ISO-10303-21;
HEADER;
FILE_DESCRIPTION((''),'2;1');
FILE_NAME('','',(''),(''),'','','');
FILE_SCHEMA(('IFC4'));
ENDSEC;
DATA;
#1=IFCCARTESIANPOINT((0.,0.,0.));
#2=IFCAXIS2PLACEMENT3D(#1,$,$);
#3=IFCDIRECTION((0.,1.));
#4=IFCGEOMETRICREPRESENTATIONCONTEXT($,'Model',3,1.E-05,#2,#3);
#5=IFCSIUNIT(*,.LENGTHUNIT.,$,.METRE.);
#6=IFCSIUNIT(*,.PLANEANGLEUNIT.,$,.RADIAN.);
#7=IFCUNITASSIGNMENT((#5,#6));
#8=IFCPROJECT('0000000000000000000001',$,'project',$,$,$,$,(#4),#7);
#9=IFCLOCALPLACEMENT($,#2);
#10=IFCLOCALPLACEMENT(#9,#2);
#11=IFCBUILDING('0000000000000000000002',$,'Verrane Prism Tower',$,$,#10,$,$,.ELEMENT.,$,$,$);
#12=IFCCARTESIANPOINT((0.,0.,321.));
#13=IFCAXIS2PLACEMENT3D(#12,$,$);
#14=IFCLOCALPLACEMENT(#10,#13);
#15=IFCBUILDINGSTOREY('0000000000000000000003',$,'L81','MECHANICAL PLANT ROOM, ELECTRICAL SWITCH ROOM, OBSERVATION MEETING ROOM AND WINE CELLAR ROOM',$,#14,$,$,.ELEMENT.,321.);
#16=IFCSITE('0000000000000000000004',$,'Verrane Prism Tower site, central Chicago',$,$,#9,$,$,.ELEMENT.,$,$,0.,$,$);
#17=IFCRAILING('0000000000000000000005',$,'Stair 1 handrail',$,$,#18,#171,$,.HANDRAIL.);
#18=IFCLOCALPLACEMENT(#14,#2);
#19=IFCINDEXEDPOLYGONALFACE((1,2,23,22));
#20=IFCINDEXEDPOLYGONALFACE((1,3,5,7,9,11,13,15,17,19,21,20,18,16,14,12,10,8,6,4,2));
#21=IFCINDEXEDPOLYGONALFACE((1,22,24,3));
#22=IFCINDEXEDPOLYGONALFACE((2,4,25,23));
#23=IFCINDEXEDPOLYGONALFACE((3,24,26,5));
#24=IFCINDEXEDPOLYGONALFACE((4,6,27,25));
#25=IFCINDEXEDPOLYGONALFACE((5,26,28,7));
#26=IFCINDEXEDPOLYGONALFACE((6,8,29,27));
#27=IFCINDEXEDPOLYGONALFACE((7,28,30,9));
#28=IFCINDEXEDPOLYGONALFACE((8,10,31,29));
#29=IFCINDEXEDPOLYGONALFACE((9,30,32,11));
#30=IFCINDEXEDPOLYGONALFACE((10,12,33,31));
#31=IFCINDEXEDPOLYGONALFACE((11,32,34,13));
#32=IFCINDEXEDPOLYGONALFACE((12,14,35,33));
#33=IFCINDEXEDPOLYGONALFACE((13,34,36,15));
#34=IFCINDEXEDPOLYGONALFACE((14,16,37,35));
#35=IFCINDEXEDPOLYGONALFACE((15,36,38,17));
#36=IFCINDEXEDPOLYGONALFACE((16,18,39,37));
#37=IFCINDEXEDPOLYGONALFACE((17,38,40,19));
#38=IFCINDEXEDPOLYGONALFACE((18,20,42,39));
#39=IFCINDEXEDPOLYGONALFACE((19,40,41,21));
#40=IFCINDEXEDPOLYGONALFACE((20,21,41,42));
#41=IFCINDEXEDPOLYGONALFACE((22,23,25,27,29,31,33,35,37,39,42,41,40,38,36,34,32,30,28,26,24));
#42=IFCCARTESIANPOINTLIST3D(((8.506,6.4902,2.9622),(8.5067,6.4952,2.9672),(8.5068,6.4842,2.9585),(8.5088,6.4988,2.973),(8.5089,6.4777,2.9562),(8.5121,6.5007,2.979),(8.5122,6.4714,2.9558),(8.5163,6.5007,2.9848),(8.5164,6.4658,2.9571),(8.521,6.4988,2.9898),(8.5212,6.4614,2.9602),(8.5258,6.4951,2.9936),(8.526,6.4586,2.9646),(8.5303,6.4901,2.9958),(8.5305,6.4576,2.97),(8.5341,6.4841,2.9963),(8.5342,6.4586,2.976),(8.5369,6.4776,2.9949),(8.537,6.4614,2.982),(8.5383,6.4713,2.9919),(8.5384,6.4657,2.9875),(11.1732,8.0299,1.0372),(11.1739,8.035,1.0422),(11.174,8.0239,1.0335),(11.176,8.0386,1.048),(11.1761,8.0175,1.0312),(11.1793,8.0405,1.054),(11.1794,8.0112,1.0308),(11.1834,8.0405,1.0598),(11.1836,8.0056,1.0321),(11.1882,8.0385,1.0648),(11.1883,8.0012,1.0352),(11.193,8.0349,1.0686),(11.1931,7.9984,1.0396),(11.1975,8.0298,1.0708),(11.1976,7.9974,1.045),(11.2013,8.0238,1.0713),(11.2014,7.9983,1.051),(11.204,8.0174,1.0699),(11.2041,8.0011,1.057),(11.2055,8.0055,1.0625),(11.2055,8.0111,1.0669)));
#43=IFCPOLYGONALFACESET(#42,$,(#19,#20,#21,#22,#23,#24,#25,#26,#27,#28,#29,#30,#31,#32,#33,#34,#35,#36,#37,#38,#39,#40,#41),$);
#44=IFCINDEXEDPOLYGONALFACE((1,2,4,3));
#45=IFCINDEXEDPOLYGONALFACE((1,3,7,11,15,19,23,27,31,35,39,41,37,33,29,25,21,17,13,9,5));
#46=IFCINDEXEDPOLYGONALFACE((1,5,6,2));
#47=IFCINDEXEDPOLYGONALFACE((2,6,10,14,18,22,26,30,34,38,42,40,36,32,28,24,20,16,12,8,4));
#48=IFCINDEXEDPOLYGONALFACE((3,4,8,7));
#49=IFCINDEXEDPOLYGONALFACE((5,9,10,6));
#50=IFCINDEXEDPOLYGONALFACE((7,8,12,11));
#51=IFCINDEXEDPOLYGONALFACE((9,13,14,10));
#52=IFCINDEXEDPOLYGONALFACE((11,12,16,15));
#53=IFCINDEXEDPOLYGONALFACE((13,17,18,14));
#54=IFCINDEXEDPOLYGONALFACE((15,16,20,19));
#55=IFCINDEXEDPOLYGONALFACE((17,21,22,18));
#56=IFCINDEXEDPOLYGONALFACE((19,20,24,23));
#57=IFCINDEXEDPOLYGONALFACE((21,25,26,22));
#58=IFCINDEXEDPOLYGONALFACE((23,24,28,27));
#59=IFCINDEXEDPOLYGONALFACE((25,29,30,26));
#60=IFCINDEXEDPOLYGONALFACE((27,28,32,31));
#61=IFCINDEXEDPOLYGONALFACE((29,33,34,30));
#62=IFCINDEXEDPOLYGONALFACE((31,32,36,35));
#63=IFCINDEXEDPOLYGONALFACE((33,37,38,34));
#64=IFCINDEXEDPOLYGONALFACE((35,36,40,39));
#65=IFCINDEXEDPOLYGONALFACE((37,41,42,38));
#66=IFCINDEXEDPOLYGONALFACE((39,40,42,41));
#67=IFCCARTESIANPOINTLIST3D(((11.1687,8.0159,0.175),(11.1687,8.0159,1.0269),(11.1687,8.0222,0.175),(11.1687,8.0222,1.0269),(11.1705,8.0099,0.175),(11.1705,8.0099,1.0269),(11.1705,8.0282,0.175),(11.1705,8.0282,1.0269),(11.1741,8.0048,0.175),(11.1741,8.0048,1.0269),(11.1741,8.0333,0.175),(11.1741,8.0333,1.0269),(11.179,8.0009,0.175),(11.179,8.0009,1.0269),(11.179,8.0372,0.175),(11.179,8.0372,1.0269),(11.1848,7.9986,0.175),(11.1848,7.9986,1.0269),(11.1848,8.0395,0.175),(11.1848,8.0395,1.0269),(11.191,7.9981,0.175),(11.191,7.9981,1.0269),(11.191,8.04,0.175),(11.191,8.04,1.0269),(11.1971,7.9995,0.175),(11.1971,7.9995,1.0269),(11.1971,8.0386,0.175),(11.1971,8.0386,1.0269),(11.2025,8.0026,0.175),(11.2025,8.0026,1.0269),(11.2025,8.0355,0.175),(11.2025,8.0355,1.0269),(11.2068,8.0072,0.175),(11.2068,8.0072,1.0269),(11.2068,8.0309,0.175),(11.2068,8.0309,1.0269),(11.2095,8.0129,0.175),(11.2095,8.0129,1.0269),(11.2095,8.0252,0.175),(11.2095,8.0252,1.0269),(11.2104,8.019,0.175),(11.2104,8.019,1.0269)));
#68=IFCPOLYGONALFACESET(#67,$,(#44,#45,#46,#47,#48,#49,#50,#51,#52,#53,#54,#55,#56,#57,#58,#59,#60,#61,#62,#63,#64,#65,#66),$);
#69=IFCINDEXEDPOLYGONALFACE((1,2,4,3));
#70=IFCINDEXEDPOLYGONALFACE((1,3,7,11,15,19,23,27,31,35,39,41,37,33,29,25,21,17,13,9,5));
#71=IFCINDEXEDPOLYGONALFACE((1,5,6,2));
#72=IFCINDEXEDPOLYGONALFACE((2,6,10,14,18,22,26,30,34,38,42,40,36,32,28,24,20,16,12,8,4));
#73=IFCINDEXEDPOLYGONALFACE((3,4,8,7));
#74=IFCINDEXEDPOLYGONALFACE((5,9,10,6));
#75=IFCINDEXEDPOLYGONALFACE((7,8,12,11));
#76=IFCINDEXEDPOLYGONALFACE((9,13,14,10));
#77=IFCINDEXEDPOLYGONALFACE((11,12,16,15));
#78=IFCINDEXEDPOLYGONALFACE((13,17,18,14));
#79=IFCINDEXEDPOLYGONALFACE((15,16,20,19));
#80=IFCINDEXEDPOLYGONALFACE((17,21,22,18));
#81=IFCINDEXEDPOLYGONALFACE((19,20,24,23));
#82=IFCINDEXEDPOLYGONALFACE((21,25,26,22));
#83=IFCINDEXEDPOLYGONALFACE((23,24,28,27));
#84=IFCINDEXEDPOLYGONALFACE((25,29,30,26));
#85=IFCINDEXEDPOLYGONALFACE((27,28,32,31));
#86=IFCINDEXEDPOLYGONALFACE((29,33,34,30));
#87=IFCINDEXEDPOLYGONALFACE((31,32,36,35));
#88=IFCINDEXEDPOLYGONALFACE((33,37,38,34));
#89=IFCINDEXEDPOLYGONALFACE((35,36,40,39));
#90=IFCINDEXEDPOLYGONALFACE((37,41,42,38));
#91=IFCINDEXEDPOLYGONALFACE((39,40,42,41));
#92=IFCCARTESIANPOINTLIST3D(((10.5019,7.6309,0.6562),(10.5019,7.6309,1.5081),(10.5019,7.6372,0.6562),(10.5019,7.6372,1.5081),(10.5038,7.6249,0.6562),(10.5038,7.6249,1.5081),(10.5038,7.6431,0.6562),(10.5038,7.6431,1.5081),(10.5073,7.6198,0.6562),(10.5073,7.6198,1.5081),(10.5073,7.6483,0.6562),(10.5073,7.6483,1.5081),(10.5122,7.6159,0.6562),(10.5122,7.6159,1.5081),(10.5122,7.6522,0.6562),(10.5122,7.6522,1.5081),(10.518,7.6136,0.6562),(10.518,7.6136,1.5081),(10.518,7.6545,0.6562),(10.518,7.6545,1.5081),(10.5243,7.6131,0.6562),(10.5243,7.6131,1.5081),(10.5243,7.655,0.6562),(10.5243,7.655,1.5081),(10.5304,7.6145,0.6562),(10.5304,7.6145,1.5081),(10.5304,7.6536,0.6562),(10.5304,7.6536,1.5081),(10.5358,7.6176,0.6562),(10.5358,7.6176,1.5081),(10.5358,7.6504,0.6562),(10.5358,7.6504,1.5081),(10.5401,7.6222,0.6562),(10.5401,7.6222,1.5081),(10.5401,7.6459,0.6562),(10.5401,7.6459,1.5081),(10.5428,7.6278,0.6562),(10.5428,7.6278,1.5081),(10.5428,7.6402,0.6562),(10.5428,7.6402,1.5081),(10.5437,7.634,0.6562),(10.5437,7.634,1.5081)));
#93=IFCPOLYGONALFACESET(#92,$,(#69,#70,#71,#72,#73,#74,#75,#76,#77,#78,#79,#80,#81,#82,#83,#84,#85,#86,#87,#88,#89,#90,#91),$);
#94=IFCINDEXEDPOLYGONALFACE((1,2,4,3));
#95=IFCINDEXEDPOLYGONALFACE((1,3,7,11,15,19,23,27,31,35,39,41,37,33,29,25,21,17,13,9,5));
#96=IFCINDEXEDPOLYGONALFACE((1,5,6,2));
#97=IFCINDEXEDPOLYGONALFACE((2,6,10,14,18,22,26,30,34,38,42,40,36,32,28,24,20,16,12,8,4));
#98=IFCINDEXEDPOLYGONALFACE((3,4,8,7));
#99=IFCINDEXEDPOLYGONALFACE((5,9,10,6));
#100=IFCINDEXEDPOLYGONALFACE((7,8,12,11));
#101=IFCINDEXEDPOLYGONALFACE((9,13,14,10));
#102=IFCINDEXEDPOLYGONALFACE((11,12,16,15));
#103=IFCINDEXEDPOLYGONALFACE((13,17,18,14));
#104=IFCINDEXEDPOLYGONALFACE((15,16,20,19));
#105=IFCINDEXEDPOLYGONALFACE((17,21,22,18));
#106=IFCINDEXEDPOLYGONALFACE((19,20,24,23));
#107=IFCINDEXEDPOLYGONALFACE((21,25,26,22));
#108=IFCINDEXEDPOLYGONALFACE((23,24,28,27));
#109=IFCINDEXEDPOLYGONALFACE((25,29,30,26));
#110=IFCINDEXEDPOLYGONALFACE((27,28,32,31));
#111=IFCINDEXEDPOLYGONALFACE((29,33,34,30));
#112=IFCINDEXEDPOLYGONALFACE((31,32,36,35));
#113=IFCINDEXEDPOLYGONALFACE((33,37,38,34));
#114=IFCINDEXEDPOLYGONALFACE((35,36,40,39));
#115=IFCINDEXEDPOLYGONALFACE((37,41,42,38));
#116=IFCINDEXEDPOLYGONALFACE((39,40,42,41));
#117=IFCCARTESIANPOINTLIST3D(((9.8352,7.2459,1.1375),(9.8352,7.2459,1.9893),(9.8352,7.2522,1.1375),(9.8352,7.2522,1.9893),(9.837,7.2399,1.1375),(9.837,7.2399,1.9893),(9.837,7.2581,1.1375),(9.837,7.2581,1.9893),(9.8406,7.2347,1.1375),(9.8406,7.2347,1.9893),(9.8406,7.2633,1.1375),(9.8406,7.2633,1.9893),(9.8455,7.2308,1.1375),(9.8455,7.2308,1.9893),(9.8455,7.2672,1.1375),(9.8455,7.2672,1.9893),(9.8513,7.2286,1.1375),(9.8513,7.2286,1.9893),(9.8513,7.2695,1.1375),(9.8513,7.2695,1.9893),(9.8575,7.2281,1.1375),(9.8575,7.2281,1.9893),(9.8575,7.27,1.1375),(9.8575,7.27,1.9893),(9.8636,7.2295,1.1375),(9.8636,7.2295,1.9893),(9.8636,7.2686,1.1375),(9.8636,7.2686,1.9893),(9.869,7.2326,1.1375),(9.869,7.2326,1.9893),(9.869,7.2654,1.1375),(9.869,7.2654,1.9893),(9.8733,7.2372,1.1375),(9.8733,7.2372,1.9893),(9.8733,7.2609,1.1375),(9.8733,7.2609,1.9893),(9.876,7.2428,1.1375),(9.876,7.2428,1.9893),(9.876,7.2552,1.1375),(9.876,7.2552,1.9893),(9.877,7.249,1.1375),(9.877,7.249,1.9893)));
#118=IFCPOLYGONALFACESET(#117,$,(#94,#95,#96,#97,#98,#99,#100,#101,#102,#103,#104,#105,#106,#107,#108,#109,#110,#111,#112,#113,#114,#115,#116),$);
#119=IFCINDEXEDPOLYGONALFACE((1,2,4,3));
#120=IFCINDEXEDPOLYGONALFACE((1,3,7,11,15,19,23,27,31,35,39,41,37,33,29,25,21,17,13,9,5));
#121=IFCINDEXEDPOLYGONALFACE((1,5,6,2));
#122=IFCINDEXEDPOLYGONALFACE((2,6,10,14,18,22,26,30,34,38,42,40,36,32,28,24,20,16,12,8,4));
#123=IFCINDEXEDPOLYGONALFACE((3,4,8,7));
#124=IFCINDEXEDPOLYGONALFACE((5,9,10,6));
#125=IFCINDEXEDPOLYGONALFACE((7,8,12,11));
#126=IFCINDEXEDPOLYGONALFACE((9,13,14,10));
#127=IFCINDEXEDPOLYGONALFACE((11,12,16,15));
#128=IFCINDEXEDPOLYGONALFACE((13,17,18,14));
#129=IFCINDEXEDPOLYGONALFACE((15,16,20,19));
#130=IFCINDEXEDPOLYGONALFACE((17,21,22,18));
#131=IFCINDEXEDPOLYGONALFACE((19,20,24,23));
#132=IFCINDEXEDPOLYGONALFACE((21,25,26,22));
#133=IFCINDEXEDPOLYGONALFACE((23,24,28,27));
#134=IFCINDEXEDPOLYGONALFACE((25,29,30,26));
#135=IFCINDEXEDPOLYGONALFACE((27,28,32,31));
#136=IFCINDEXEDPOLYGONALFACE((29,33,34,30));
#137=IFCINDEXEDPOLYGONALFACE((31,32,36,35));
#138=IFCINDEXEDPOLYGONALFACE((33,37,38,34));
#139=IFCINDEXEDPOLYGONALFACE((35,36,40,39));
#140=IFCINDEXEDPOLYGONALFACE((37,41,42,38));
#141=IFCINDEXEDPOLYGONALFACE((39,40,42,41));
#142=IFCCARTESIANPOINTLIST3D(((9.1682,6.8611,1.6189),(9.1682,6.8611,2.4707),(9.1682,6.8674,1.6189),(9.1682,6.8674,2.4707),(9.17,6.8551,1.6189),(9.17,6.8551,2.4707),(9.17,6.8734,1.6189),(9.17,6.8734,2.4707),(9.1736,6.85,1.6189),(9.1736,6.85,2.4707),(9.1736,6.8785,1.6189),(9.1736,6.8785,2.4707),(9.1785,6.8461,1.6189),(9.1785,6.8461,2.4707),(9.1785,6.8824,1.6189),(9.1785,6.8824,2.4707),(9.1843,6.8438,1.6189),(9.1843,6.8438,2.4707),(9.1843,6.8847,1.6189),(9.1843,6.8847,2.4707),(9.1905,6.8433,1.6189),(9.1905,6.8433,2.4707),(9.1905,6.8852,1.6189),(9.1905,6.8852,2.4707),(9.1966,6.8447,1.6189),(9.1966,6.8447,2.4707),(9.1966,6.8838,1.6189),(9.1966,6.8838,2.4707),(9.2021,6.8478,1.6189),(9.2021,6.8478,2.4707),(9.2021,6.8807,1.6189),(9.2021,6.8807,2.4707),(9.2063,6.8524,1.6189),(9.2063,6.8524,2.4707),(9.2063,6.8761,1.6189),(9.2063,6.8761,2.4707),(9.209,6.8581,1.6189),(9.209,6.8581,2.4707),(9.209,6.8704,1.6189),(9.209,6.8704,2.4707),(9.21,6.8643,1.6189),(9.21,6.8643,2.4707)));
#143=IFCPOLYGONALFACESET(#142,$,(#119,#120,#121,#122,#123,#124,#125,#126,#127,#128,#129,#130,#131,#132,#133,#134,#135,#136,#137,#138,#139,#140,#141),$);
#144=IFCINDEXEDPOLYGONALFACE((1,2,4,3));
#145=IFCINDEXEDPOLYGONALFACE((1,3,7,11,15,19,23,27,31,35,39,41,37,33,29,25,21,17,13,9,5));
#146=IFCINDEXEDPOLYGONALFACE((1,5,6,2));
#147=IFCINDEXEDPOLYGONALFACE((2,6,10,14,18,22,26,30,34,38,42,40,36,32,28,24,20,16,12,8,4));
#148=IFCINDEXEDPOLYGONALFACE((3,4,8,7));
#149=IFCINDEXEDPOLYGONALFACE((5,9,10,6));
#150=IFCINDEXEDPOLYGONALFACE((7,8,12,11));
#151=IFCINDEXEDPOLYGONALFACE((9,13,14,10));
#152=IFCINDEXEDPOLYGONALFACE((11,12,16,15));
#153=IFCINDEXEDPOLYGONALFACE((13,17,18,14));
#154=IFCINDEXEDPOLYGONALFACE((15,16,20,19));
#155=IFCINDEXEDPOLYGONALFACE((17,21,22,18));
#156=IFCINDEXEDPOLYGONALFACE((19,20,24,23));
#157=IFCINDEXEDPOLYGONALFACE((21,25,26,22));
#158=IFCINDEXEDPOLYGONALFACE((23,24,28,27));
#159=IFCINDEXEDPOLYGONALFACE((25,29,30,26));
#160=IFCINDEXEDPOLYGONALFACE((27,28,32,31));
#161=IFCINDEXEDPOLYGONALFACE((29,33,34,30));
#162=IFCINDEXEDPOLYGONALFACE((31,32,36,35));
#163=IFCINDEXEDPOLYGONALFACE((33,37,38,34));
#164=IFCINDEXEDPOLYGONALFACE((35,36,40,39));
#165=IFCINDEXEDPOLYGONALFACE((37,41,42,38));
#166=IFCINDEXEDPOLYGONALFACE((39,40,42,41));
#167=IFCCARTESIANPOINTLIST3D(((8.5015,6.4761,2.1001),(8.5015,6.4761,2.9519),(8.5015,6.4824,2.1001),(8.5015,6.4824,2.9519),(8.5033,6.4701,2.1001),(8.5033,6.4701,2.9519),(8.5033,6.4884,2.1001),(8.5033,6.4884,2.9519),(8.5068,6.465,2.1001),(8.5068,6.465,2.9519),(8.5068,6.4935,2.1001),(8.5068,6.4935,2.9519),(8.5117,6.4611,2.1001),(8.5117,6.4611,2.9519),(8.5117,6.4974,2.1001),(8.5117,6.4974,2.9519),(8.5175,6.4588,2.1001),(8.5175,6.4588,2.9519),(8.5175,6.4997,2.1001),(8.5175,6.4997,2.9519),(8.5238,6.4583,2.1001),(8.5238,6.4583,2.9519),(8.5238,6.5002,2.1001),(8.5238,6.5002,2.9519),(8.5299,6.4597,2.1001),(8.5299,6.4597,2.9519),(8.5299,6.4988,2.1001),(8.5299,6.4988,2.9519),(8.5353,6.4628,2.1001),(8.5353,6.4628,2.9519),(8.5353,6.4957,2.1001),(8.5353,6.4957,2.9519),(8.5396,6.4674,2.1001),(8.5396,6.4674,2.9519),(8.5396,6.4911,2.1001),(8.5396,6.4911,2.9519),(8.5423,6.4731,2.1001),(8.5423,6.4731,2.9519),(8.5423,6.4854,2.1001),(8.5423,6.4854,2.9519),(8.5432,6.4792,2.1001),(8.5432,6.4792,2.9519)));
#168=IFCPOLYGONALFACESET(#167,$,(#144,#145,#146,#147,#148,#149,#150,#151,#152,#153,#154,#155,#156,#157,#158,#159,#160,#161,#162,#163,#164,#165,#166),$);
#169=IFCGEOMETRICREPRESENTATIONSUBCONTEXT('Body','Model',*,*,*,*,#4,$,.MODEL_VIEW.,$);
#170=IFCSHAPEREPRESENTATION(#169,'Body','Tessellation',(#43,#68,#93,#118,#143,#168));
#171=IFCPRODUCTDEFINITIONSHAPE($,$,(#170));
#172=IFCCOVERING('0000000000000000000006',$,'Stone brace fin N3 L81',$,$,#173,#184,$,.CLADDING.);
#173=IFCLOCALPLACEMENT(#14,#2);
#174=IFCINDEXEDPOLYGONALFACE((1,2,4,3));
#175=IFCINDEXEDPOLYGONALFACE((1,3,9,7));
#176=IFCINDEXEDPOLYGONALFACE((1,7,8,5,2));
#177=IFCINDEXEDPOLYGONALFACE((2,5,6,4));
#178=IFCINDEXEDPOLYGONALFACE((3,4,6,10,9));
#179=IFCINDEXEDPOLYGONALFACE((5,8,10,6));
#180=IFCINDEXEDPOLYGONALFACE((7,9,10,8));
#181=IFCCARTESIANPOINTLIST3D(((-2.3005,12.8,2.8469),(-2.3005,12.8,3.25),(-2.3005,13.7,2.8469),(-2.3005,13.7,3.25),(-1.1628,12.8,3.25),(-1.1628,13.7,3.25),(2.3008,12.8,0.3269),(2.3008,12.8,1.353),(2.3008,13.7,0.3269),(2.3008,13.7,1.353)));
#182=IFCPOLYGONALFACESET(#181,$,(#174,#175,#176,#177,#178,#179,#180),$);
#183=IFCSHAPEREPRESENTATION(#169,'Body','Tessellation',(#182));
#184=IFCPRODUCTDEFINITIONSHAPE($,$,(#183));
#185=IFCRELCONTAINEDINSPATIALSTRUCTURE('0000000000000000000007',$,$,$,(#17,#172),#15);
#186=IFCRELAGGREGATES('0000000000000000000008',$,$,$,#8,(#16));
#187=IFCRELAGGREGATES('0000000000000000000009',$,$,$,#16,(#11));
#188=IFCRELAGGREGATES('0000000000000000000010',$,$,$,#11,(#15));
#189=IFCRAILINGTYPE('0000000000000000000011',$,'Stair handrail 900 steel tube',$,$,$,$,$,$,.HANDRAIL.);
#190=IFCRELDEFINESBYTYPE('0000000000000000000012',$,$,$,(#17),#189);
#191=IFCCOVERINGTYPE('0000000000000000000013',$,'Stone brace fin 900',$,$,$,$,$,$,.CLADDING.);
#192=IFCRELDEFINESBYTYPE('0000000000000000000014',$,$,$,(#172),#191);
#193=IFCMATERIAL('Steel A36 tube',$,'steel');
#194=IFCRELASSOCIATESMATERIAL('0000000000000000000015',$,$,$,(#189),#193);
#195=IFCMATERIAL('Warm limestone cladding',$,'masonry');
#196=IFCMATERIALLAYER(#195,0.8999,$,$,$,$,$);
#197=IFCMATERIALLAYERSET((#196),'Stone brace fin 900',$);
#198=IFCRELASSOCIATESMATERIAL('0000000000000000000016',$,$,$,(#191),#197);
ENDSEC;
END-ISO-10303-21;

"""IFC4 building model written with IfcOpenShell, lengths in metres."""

from ifc_helpers import new_model, si_unit, direction, frame, origin, origin_2d, place, context, subcontext, project, spatial, polyline, circle, outline, extrude, material, layer, layer_set, type_object, element, save


model = new_model("IFC4")

# Units and contexts
model_context = context("Model", 3, precision=1e-05, world=origin(), true_north=direction((0.0, 1.0)))
body_context = subcontext(model_context, "Body", "Model", "MODEL_VIEW")
ifc_project = project(units=[si_unit("LENGTHUNIT", "METRE"), si_unit("PLANEANGLEUNIT", "RADIAN")], contexts=[model_context])

# Site, building, storey
site_placement = place(None, origin())
site = spatial("IfcSite", under=ifc_project, at=site_placement, Name="Verrane Prism Tower site, central Chicago", CompositionType="ELEMENT", RefElevation=0.0)
building_placement = place(site_placement, origin())
building = spatial("IfcBuilding", under=site, at=building_placement, Name="Verrane Prism Tower", CompositionType="ELEMENT")
storey_placement = place(building_placement, frame((0.0, 0.0, 321.0)))
storey = spatial("IfcBuildingStorey", under=building, at=storey_placement, Name="L81", Description="MECHANICAL PLANT ROOM, ELECTRICAL SWITCH ROOM, OBSERVATION MEETING ROOM AND WINE CELLAR ROOM", CompositionType="ELEMENT", Elevation=321.0)

# Railing
ifc_material_1 = material(Name="Steel A36 tube", Category="steel")
railing_type = type_object("IfcRailingType", Name="Stair handrail 900 steel tube", PredefinedType="HANDRAIL", material=ifc_material_1)
railing_placement = place(storey_placement, frame((11.1895, 8.019, 0.175)))
element("IfcRailing", 1, at=railing_placement, inside=storey, type_object=railing_type, Name="Stair 1 handrail", PredefinedType="HANDRAIL", context=body_context, shape_type="SweptSolid", body=[
    extrude(circle(Radius=0.0239, at=origin_2d()), frame((0.0, 0.0, 0.876), z_axis=(-0.734385, -0.42396, 0.530034), x_axis=(0.499967, -0.866044, 0.0)), (0.0, 0.0, 1.0), 3.6318),
    extrude(circle(Radius=0.021, at=origin_2d()), origin(), (0.0, 0.0, 1.0), 0.8518),
    extrude(circle(Radius=0.021, at=origin_2d()), frame((-0.6667, -0.385, 0.4812)), (0.0, 0.0, 1.0), 0.8518),
    extrude(circle(Radius=0.021, at=origin_2d()), frame((-1.3335, -0.77, 0.9624)), (0.0, 0.0, 1.0), 0.8518),
    extrude(circle(Radius=0.021, at=origin_2d()), frame((-2.0005, -1.1548, 1.4438)), (0.0, 0.0, 1.0), 0.8518),
    extrude(circle(Radius=0.021, at=origin_2d()), frame((-2.6672, -1.5398, 1.925)), (0.0, 0.0, 1.0), 0.8518),
])

# Covering
ifc_material_2 = material(Name="Warm limestone cladding", Category="masonry")
ifc_layer_1 = layer(ifc_material_2, 0.8999)
ifc_layer_set_1 = layer_set([ifc_layer_1], Name="Stone brace fin 900")
covering_type = type_object("IfcCoveringType", Name="Stone brace fin 900", PredefinedType="CLADDING", material=ifc_layer_set_1)
covering_placement = place(storey_placement, frame((2.3008, 13.25, 0.3269), z_axis=(0.0, 0.0, 1.0), x_axis=(-1.0, 0.0, 0.0)))
element("IfcCovering", 2, at=covering_placement, inside=storey, type_object=covering_type, Name="Stone brace fin N3 L81", PredefinedType="CLADDING", context=body_context, shape_type="SweptSolid", body=[
    extrude(outline(polyline([(4.6013, 2.9231), (3.4636, 2.9231), (0.0, 1.0261), (0.0, 0.0), (4.6013, 2.52), (4.6013, 2.9231)])), frame((0.0, 0.45, 0.0), z_axis=(0.0, -1.0, 0.0), x_axis=(1.0, 0.0, 0.0)), (0.0, 0.0, 1.0), 0.8999),
])

save(model, "model.ifc")
